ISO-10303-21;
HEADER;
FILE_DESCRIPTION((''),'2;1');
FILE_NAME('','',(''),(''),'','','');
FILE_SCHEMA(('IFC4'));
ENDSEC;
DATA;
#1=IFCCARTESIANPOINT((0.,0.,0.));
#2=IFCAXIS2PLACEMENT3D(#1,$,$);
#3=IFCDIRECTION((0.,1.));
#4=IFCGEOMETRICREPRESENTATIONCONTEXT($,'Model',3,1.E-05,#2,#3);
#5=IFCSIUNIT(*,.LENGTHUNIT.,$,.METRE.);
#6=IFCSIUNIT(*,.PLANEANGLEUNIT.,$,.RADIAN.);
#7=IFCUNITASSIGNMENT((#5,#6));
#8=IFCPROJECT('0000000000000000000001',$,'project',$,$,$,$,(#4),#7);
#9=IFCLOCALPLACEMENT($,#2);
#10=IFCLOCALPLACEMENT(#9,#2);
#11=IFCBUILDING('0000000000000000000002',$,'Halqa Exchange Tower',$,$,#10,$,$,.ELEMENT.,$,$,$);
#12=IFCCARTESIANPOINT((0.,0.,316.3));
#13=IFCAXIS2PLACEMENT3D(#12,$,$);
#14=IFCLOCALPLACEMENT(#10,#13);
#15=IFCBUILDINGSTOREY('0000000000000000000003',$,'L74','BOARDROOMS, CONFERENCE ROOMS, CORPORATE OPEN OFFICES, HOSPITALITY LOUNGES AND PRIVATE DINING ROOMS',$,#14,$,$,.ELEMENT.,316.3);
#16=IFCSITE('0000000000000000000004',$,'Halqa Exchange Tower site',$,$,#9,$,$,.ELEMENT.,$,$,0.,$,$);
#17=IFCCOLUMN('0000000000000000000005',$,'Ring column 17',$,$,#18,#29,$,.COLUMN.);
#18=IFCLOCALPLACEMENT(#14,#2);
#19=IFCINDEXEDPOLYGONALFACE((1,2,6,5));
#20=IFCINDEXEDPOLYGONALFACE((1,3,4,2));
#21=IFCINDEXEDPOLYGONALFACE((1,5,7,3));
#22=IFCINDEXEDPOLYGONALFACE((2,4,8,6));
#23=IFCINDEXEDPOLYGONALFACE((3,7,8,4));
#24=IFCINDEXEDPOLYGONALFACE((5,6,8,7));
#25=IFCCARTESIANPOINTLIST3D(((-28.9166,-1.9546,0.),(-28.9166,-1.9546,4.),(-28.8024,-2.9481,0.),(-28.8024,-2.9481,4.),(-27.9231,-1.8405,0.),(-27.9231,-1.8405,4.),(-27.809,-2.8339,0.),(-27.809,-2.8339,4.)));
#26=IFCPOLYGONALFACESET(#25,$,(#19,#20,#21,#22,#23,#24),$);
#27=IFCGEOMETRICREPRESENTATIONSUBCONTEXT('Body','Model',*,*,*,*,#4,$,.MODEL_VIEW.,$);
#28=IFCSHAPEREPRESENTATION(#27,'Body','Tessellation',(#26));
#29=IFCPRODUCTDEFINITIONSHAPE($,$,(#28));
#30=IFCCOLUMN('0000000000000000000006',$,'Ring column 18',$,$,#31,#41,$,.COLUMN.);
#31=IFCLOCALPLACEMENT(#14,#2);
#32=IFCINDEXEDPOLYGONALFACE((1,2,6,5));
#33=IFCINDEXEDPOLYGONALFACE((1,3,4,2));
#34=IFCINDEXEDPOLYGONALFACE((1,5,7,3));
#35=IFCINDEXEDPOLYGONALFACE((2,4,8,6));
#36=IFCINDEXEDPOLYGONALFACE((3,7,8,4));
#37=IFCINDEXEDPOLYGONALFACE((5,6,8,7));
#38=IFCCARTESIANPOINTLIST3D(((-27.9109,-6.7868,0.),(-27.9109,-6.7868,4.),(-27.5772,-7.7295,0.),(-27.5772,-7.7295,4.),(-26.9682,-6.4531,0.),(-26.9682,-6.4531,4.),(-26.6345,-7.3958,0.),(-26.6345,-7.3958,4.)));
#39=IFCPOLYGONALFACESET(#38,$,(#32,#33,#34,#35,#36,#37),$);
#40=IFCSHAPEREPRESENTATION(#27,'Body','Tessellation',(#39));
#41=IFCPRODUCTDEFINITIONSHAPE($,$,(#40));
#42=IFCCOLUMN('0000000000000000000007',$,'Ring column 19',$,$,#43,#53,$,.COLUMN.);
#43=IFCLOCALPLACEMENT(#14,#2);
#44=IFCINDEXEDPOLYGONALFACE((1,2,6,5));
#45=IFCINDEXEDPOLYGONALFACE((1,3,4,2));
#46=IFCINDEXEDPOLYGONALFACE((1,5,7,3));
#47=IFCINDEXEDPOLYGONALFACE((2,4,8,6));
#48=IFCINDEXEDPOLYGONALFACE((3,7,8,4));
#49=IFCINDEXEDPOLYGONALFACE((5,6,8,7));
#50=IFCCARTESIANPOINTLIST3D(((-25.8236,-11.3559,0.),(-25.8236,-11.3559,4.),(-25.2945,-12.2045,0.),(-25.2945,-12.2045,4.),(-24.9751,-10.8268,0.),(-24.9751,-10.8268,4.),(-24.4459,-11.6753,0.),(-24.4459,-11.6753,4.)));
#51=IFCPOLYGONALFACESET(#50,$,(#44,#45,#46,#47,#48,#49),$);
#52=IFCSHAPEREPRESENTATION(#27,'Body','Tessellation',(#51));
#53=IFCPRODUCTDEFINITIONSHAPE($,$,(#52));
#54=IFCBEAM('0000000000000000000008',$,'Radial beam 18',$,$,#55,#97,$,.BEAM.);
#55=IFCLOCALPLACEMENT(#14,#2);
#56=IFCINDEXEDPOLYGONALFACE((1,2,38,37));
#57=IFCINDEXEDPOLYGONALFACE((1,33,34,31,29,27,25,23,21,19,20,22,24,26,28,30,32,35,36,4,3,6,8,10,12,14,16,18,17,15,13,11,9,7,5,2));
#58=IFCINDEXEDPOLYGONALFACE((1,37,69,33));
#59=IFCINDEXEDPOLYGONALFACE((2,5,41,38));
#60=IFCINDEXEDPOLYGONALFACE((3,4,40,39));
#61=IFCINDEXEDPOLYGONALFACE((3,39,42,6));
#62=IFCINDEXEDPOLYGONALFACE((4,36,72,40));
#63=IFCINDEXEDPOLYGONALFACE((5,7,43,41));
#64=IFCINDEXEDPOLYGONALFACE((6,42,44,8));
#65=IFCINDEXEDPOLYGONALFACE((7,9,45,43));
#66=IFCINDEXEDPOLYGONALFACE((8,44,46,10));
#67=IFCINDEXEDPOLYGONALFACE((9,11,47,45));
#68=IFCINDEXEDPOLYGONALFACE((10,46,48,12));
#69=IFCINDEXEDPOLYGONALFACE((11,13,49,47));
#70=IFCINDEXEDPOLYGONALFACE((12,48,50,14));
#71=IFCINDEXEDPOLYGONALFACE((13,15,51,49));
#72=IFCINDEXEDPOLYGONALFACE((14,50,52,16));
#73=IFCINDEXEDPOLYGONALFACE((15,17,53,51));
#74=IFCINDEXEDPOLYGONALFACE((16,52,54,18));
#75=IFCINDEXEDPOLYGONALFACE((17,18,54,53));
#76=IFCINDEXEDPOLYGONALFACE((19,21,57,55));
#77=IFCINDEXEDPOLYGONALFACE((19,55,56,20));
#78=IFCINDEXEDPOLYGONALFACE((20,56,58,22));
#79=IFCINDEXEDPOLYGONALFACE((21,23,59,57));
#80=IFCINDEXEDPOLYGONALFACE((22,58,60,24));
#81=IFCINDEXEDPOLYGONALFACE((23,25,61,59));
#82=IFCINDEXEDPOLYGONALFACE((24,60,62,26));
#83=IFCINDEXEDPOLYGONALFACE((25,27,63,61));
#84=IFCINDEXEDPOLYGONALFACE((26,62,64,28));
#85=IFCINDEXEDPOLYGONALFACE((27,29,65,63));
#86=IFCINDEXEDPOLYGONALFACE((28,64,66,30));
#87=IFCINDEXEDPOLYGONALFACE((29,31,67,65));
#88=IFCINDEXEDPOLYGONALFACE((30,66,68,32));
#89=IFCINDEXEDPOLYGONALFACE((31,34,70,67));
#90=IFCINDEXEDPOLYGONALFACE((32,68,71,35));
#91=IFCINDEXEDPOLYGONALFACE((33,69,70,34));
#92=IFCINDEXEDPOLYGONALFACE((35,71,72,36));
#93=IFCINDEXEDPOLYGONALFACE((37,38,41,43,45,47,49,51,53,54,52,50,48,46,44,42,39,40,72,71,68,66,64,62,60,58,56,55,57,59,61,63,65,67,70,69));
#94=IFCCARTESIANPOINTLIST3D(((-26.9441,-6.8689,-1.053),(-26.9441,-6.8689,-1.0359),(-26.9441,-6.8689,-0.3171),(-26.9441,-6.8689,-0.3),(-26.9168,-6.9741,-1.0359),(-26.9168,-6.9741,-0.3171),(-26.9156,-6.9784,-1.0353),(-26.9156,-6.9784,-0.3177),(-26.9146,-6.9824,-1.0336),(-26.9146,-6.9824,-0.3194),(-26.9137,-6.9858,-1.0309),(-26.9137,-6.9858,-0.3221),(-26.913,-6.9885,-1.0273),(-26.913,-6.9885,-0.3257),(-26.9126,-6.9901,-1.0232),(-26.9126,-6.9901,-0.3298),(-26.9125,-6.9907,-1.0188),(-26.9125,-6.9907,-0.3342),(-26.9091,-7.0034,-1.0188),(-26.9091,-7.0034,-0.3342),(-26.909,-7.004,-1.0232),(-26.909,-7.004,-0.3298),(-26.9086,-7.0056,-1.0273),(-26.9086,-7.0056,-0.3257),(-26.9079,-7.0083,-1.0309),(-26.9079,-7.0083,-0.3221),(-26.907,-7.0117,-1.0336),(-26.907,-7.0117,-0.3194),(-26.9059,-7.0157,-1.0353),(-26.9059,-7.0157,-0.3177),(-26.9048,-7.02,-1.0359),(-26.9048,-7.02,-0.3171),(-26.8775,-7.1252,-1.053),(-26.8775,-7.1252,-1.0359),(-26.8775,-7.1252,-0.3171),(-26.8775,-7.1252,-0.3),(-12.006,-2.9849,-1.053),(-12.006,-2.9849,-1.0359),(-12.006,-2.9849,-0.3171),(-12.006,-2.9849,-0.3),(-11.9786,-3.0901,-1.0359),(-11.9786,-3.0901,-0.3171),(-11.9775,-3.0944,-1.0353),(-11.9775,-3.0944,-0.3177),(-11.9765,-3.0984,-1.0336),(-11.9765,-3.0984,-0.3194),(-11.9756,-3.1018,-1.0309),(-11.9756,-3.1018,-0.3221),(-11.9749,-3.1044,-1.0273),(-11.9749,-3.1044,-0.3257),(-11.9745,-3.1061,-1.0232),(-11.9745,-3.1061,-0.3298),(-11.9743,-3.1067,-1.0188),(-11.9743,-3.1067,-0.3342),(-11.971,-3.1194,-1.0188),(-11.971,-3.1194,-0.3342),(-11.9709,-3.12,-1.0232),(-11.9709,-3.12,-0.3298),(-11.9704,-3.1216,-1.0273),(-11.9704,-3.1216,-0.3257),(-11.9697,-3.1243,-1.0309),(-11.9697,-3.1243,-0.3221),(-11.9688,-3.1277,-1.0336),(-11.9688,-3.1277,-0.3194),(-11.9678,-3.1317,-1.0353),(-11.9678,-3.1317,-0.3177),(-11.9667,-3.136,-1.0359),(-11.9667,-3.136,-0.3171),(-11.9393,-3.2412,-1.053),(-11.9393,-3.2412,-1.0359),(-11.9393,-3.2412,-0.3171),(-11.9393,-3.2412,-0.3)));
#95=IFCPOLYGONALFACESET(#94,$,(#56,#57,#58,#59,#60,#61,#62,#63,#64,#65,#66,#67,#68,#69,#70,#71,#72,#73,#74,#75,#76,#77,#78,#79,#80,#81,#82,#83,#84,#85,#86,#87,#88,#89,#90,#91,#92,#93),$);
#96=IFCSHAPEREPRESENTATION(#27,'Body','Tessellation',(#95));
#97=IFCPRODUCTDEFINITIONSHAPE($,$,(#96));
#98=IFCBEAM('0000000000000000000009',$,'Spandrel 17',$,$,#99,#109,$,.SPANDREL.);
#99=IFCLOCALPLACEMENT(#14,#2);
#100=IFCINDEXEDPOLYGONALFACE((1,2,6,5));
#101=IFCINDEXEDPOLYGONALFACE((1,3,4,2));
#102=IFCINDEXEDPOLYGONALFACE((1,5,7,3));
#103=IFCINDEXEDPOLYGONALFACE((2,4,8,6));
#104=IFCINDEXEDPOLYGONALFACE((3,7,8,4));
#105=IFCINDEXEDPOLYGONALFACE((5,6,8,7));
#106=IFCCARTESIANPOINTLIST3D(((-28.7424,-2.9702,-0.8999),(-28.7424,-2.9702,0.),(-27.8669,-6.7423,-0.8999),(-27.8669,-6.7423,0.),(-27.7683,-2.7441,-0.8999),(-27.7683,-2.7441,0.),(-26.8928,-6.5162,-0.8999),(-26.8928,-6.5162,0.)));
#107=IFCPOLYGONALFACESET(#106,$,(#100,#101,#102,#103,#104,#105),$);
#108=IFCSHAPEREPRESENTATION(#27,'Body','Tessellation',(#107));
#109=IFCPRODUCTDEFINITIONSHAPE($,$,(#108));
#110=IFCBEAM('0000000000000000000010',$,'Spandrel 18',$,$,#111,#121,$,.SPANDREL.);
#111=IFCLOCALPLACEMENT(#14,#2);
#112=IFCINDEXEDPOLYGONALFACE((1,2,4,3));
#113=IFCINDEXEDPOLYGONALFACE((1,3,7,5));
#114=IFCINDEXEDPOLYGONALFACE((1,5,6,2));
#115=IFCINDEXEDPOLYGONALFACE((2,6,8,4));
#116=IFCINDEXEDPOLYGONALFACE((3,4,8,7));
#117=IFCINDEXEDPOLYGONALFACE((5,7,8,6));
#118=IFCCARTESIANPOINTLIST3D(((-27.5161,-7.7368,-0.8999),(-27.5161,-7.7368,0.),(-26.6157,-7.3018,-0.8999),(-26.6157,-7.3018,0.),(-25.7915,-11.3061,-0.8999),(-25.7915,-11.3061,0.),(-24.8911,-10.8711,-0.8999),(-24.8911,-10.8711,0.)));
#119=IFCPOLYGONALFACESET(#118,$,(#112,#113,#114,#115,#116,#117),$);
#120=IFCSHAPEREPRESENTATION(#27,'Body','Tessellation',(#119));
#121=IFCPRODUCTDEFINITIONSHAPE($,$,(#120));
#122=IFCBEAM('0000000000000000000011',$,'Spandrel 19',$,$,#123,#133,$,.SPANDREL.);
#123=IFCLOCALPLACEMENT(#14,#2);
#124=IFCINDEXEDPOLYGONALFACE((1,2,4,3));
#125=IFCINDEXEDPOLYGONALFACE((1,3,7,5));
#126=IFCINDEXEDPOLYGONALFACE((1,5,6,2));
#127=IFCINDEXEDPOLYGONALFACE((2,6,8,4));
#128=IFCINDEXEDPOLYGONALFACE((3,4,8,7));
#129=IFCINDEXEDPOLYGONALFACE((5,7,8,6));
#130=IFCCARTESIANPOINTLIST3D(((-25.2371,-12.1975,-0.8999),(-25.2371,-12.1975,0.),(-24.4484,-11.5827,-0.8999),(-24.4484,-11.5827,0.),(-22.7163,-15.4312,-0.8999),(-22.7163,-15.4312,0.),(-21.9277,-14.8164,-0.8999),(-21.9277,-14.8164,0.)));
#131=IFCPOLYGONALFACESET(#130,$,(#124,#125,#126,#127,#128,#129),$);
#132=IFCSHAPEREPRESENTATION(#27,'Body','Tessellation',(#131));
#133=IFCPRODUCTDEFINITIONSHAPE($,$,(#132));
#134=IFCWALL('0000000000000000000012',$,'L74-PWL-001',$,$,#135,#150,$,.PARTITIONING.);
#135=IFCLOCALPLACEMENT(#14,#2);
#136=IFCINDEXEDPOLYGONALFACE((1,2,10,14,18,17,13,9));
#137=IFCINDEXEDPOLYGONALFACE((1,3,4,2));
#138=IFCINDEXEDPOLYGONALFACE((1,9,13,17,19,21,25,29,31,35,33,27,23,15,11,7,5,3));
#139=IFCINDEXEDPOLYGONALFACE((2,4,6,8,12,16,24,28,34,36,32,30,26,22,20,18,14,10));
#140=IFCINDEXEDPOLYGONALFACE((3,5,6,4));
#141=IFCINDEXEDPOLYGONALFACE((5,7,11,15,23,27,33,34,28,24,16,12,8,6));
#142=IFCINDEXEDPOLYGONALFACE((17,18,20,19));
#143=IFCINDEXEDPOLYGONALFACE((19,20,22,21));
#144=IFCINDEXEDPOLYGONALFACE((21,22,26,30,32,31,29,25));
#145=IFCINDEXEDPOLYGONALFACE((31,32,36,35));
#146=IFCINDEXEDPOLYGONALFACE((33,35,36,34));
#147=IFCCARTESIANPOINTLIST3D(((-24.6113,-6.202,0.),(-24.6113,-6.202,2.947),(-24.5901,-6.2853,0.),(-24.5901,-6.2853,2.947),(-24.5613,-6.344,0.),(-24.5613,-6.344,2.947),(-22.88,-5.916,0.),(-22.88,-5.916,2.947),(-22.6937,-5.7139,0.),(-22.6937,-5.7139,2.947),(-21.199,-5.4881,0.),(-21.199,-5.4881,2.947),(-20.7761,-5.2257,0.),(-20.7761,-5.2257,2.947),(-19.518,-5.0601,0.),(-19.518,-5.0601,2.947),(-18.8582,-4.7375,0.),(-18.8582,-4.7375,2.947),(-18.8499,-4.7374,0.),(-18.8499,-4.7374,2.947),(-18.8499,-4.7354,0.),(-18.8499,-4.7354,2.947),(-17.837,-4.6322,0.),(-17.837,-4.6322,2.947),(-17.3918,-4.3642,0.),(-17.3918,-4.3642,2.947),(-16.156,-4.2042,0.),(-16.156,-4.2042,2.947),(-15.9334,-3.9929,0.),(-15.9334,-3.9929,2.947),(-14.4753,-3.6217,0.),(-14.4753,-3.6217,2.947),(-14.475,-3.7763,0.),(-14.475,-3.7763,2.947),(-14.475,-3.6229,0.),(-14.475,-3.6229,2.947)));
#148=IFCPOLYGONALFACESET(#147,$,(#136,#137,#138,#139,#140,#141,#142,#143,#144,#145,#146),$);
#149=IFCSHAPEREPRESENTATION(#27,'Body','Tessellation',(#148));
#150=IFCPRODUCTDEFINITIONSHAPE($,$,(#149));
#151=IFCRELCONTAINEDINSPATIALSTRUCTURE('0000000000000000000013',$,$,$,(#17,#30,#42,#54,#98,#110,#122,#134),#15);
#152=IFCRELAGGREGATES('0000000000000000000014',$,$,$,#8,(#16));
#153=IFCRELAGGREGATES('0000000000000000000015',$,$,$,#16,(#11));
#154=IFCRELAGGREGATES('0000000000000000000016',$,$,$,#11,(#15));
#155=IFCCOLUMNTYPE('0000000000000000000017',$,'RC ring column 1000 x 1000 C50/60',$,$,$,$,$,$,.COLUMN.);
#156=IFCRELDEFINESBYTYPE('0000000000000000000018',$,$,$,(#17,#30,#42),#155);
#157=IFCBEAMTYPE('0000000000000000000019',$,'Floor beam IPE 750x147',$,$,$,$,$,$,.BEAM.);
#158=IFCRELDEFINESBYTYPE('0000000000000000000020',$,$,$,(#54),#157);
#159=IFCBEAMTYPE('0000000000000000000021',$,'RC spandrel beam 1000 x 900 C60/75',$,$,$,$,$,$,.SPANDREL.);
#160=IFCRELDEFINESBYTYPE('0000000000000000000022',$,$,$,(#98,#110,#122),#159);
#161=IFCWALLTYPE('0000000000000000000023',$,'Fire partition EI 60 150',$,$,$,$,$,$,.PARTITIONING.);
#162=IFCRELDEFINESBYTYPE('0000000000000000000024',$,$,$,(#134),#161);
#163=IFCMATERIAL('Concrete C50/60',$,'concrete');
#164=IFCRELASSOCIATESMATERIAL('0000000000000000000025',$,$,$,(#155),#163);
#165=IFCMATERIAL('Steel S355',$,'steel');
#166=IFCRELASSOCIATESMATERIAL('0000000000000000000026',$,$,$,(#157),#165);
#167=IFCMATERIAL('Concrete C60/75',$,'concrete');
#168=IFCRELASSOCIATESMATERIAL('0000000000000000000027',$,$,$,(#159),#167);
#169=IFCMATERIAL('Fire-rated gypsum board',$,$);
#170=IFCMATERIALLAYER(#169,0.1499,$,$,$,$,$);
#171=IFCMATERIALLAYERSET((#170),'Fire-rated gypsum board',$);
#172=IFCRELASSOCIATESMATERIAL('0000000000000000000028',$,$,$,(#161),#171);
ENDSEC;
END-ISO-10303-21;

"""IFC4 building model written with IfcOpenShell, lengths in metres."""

from ifc_helpers import new_model, si_unit, direction, frame, origin, origin_2d, place, context, subcontext, project, spatial, polyline, rectangle, i_section, outline, extrude, material, layer, layer_set, material_profile, profile_set, type_object, element, save


model = new_model("IFC4")

# Units and contexts
model_context = context("Model", 3, precision=1e-05, world=origin(), true_north=direction((0.0, 1.0)))
body_context = subcontext(model_context, "Body", "Model", "MODEL_VIEW")
ifc_project = project(units=[si_unit("LENGTHUNIT", "METRE"), si_unit("PLANEANGLEUNIT", "RADIAN")], contexts=[model_context])

# Site, building, storey
site_placement = place(None, origin())
site = spatial("IfcSite", under=ifc_project, at=site_placement, Name="Halqa Exchange Tower site", CompositionType="ELEMENT", RefElevation=0.0)
building_placement = place(site_placement, origin())
building = spatial("IfcBuilding", under=site, at=building_placement, Name="Halqa Exchange Tower", CompositionType="ELEMENT")
storey_placement = place(building_placement, frame((0.0, 0.0, 316.3)))
storey = spatial("IfcBuildingStorey", under=building, at=storey_placement, Name="L74", Description="BOARDROOMS, CONFERENCE ROOMS, CORPORATE OPEN OFFICES, HOSPITALITY LOUNGES AND PRIVATE DINING ROOMS", CompositionType="ELEMENT", Elevation=316.3)

# Columns
ifc_material_1 = material(Name="Concrete C50/60", Category="concrete")
ifc_material_profile_1 = material_profile(ifc_material_1, rectangle(XDim=1.0, YDim=1.0, at=origin_2d()), Name="1000 x 1000")
ifc_profile_set_1 = profile_set([ifc_material_profile_1], Name="Concrete C50/60")
column_type = type_object("IfcColumnType", Name="RC ring column 1000 x 1000 C50/60", PredefinedType="COLUMN", material=ifc_profile_set_1)
for number, where, z_axis, x_axis, name in (
    (1, (-28.3628, -2.3943, 0.0), (0.0, 0.0, 1.0), (0.11416, -0.993462, 0.0), "Ring column 17"),
    (2, (-27.2727, -7.0913, 0.0), (0.0, 0.0, 1.0), (0.333624, -0.942706, 0.0), "Ring column 18"),
    (3, (-25.1348, -11.5156, 0.0), (0.0, 0.0, 1.0), (0.52914, -0.848534, 0.0), "Ring column 19"),
):
    element("IfcColumn", number, at=place(storey_placement, frame(where, z_axis=z_axis, x_axis=x_axis)), inside=storey, type_object=column_type, Name=name, PredefinedType="COLUMN", context=body_context, shape_type="SweptSolid", body=[
        extrude(rectangle(XDim=1.0, YDim=1.0, at=origin_2d()), origin(), (0.0, 0.0, 1.0), 4.0),
    ])

# Beams
ifc_material_2 = material(Name="Steel S355", Category="steel")
ifc_material_profile_2 = material_profile(ifc_material_2, i_section(OverallWidth=0.2649, OverallDepth=0.7529, WebThickness=0.0132, FlangeThickness=0.0171, FilletRadius=0.0171, at=origin_2d()), Name="IPE 750x147")
ifc_profile_set_2 = profile_set([ifc_material_profile_2], Name="Steel S355")
beam_type_1 = type_object("IfcBeamType", Name="Floor beam IPE 750x147", PredefinedType="BEAM", material=ifc_profile_set_2)
beam_1_placement = place(storey_placement, frame((-11.9727, -3.113, -0.6765), z_axis=(-0.967821, -0.251639, 0.0), x_axis=(0.251639, -0.967821, 0.0)))
element("IfcBeam", 4, at=beam_1_placement, inside=storey, type_object=beam_type_1, Name="Radial beam 18", PredefinedType="BEAM", context=body_context, shape_type="SweptSolid", body=[
    extrude(i_section(OverallWidth=0.2649, OverallDepth=0.7529, WebThickness=0.0132, FlangeThickness=0.0171, FilletRadius=0.0171, at=origin_2d()), origin(), (0.0, 0.0, 1.0), 15.4348),
])
ifc_material_3 = material(Name="Concrete C60/75", Category="concrete")
ifc_material_profile_3 = material_profile(ifc_material_3, rectangle(XDim=1.0, YDim=0.8999, at=origin_2d()), Name="1000 x 900")
ifc_profile_set_3 = profile_set([ifc_material_profile_3], Name="Concrete C60/75")
beam_type_2 = type_object("IfcBeamType", Name="RC spandrel beam 1000 x 900 C60/75", PredefinedType="SPANDREL", material=ifc_profile_set_3)
beam_2_placement = place(storey_placement, frame((-28.2554, -2.8572, -0.45), z_axis=(0.226093, -0.974106, 0.0), x_axis=(0.974106, 0.226093, 0.0)))
element("IfcBeam", 5, at=beam_2_placement, inside=storey, type_object=beam_type_2, Name="Spandrel 17", PredefinedType="SPANDREL", context=body_context, shape_type="SweptSolid", body=[
    extrude(rectangle(XDim=1.0, YDim=0.8999, at=origin_2d()), origin(), (0.0, 0.0, 1.0), 3.8723),
])
beam_3_placement = place(storey_placement, frame((-27.0659, -7.5193, -0.45), z_axis=(0.435052, -0.900405, 0.0), x_axis=(0.900405, 0.435052, 0.0)))
element("IfcBeam", 6, at=beam_3_placement, inside=storey, type_object=beam_type_2, Name="Spandrel 18", PredefinedType="SPANDREL", context=body_context, shape_type="SweptSolid", body=[
    extrude(rectangle(XDim=1.0, YDim=0.8999, at=origin_2d()), origin(), (0.0, 0.0, 1.0), 3.9641),
])
beam_4_placement = place(storey_placement, frame((-24.8428, -11.8901, -0.45), z_axis=(0.614806, -0.788678, 0.0), x_axis=(0.788678, 0.614806, 0.0)))
element("IfcBeam", 7, at=beam_4_placement, inside=storey, type_object=beam_type_2, Name="Spandrel 19", PredefinedType="SPANDREL", context=body_context, shape_type="SweptSolid", body=[
    extrude(rectangle(XDim=1.0, YDim=0.8999, at=origin_2d()), origin(), (0.0, 0.0, 1.0), 4.1001),
])

# Wall
ifc_material_4 = material(Name="Fire-rated gypsum board")
ifc_layer_1 = layer(ifc_material_4, 0.1499)
ifc_layer_set_1 = layer_set([ifc_layer_1], Name="Fire-rated gypsum board")
wall_type_1 = type_object("IfcWallType", Name="Fire partition EI 60 150", PredefinedType="PARTITIONING", material=ifc_layer_set_1)
wall_1_placement = place(storey_placement, frame((-24.5928, -6.2747, 0.0), z_axis=(0.0, 0.0, 1.0), x_axis=(0.969091, 0.246702, 0.0)))
element("IfcWall", 8, at=wall_1_placement, inside=storey, type_object=wall_type_1, Name="L74-PWL-001", PredefinedType="PARTITIONING", context=body_context, shape_type="SweptSolid", body=[
    extrude(outline(polyline([(0.0134, -0.075), (1.7483, -0.075), (3.4829, -0.075), (5.2175, -0.075), (6.9521, -0.075), (8.6868, -0.075), (10.4214, -0.075), (10.4592, 0.0737), (10.4592, 0.075), (8.9546, 0.075), (7.4497, 0.075), (5.9451, 0.075), (5.9446, 0.073), (5.9365, 0.075), (3.9575, 0.075), (1.9788, 0.075), (0.0, 0.075), (0.0, -0.011), (0.0134, -0.075)])), origin(), (0.0, 0.0, 1.0), 2.947),
])

save(model, "model.ifc")
